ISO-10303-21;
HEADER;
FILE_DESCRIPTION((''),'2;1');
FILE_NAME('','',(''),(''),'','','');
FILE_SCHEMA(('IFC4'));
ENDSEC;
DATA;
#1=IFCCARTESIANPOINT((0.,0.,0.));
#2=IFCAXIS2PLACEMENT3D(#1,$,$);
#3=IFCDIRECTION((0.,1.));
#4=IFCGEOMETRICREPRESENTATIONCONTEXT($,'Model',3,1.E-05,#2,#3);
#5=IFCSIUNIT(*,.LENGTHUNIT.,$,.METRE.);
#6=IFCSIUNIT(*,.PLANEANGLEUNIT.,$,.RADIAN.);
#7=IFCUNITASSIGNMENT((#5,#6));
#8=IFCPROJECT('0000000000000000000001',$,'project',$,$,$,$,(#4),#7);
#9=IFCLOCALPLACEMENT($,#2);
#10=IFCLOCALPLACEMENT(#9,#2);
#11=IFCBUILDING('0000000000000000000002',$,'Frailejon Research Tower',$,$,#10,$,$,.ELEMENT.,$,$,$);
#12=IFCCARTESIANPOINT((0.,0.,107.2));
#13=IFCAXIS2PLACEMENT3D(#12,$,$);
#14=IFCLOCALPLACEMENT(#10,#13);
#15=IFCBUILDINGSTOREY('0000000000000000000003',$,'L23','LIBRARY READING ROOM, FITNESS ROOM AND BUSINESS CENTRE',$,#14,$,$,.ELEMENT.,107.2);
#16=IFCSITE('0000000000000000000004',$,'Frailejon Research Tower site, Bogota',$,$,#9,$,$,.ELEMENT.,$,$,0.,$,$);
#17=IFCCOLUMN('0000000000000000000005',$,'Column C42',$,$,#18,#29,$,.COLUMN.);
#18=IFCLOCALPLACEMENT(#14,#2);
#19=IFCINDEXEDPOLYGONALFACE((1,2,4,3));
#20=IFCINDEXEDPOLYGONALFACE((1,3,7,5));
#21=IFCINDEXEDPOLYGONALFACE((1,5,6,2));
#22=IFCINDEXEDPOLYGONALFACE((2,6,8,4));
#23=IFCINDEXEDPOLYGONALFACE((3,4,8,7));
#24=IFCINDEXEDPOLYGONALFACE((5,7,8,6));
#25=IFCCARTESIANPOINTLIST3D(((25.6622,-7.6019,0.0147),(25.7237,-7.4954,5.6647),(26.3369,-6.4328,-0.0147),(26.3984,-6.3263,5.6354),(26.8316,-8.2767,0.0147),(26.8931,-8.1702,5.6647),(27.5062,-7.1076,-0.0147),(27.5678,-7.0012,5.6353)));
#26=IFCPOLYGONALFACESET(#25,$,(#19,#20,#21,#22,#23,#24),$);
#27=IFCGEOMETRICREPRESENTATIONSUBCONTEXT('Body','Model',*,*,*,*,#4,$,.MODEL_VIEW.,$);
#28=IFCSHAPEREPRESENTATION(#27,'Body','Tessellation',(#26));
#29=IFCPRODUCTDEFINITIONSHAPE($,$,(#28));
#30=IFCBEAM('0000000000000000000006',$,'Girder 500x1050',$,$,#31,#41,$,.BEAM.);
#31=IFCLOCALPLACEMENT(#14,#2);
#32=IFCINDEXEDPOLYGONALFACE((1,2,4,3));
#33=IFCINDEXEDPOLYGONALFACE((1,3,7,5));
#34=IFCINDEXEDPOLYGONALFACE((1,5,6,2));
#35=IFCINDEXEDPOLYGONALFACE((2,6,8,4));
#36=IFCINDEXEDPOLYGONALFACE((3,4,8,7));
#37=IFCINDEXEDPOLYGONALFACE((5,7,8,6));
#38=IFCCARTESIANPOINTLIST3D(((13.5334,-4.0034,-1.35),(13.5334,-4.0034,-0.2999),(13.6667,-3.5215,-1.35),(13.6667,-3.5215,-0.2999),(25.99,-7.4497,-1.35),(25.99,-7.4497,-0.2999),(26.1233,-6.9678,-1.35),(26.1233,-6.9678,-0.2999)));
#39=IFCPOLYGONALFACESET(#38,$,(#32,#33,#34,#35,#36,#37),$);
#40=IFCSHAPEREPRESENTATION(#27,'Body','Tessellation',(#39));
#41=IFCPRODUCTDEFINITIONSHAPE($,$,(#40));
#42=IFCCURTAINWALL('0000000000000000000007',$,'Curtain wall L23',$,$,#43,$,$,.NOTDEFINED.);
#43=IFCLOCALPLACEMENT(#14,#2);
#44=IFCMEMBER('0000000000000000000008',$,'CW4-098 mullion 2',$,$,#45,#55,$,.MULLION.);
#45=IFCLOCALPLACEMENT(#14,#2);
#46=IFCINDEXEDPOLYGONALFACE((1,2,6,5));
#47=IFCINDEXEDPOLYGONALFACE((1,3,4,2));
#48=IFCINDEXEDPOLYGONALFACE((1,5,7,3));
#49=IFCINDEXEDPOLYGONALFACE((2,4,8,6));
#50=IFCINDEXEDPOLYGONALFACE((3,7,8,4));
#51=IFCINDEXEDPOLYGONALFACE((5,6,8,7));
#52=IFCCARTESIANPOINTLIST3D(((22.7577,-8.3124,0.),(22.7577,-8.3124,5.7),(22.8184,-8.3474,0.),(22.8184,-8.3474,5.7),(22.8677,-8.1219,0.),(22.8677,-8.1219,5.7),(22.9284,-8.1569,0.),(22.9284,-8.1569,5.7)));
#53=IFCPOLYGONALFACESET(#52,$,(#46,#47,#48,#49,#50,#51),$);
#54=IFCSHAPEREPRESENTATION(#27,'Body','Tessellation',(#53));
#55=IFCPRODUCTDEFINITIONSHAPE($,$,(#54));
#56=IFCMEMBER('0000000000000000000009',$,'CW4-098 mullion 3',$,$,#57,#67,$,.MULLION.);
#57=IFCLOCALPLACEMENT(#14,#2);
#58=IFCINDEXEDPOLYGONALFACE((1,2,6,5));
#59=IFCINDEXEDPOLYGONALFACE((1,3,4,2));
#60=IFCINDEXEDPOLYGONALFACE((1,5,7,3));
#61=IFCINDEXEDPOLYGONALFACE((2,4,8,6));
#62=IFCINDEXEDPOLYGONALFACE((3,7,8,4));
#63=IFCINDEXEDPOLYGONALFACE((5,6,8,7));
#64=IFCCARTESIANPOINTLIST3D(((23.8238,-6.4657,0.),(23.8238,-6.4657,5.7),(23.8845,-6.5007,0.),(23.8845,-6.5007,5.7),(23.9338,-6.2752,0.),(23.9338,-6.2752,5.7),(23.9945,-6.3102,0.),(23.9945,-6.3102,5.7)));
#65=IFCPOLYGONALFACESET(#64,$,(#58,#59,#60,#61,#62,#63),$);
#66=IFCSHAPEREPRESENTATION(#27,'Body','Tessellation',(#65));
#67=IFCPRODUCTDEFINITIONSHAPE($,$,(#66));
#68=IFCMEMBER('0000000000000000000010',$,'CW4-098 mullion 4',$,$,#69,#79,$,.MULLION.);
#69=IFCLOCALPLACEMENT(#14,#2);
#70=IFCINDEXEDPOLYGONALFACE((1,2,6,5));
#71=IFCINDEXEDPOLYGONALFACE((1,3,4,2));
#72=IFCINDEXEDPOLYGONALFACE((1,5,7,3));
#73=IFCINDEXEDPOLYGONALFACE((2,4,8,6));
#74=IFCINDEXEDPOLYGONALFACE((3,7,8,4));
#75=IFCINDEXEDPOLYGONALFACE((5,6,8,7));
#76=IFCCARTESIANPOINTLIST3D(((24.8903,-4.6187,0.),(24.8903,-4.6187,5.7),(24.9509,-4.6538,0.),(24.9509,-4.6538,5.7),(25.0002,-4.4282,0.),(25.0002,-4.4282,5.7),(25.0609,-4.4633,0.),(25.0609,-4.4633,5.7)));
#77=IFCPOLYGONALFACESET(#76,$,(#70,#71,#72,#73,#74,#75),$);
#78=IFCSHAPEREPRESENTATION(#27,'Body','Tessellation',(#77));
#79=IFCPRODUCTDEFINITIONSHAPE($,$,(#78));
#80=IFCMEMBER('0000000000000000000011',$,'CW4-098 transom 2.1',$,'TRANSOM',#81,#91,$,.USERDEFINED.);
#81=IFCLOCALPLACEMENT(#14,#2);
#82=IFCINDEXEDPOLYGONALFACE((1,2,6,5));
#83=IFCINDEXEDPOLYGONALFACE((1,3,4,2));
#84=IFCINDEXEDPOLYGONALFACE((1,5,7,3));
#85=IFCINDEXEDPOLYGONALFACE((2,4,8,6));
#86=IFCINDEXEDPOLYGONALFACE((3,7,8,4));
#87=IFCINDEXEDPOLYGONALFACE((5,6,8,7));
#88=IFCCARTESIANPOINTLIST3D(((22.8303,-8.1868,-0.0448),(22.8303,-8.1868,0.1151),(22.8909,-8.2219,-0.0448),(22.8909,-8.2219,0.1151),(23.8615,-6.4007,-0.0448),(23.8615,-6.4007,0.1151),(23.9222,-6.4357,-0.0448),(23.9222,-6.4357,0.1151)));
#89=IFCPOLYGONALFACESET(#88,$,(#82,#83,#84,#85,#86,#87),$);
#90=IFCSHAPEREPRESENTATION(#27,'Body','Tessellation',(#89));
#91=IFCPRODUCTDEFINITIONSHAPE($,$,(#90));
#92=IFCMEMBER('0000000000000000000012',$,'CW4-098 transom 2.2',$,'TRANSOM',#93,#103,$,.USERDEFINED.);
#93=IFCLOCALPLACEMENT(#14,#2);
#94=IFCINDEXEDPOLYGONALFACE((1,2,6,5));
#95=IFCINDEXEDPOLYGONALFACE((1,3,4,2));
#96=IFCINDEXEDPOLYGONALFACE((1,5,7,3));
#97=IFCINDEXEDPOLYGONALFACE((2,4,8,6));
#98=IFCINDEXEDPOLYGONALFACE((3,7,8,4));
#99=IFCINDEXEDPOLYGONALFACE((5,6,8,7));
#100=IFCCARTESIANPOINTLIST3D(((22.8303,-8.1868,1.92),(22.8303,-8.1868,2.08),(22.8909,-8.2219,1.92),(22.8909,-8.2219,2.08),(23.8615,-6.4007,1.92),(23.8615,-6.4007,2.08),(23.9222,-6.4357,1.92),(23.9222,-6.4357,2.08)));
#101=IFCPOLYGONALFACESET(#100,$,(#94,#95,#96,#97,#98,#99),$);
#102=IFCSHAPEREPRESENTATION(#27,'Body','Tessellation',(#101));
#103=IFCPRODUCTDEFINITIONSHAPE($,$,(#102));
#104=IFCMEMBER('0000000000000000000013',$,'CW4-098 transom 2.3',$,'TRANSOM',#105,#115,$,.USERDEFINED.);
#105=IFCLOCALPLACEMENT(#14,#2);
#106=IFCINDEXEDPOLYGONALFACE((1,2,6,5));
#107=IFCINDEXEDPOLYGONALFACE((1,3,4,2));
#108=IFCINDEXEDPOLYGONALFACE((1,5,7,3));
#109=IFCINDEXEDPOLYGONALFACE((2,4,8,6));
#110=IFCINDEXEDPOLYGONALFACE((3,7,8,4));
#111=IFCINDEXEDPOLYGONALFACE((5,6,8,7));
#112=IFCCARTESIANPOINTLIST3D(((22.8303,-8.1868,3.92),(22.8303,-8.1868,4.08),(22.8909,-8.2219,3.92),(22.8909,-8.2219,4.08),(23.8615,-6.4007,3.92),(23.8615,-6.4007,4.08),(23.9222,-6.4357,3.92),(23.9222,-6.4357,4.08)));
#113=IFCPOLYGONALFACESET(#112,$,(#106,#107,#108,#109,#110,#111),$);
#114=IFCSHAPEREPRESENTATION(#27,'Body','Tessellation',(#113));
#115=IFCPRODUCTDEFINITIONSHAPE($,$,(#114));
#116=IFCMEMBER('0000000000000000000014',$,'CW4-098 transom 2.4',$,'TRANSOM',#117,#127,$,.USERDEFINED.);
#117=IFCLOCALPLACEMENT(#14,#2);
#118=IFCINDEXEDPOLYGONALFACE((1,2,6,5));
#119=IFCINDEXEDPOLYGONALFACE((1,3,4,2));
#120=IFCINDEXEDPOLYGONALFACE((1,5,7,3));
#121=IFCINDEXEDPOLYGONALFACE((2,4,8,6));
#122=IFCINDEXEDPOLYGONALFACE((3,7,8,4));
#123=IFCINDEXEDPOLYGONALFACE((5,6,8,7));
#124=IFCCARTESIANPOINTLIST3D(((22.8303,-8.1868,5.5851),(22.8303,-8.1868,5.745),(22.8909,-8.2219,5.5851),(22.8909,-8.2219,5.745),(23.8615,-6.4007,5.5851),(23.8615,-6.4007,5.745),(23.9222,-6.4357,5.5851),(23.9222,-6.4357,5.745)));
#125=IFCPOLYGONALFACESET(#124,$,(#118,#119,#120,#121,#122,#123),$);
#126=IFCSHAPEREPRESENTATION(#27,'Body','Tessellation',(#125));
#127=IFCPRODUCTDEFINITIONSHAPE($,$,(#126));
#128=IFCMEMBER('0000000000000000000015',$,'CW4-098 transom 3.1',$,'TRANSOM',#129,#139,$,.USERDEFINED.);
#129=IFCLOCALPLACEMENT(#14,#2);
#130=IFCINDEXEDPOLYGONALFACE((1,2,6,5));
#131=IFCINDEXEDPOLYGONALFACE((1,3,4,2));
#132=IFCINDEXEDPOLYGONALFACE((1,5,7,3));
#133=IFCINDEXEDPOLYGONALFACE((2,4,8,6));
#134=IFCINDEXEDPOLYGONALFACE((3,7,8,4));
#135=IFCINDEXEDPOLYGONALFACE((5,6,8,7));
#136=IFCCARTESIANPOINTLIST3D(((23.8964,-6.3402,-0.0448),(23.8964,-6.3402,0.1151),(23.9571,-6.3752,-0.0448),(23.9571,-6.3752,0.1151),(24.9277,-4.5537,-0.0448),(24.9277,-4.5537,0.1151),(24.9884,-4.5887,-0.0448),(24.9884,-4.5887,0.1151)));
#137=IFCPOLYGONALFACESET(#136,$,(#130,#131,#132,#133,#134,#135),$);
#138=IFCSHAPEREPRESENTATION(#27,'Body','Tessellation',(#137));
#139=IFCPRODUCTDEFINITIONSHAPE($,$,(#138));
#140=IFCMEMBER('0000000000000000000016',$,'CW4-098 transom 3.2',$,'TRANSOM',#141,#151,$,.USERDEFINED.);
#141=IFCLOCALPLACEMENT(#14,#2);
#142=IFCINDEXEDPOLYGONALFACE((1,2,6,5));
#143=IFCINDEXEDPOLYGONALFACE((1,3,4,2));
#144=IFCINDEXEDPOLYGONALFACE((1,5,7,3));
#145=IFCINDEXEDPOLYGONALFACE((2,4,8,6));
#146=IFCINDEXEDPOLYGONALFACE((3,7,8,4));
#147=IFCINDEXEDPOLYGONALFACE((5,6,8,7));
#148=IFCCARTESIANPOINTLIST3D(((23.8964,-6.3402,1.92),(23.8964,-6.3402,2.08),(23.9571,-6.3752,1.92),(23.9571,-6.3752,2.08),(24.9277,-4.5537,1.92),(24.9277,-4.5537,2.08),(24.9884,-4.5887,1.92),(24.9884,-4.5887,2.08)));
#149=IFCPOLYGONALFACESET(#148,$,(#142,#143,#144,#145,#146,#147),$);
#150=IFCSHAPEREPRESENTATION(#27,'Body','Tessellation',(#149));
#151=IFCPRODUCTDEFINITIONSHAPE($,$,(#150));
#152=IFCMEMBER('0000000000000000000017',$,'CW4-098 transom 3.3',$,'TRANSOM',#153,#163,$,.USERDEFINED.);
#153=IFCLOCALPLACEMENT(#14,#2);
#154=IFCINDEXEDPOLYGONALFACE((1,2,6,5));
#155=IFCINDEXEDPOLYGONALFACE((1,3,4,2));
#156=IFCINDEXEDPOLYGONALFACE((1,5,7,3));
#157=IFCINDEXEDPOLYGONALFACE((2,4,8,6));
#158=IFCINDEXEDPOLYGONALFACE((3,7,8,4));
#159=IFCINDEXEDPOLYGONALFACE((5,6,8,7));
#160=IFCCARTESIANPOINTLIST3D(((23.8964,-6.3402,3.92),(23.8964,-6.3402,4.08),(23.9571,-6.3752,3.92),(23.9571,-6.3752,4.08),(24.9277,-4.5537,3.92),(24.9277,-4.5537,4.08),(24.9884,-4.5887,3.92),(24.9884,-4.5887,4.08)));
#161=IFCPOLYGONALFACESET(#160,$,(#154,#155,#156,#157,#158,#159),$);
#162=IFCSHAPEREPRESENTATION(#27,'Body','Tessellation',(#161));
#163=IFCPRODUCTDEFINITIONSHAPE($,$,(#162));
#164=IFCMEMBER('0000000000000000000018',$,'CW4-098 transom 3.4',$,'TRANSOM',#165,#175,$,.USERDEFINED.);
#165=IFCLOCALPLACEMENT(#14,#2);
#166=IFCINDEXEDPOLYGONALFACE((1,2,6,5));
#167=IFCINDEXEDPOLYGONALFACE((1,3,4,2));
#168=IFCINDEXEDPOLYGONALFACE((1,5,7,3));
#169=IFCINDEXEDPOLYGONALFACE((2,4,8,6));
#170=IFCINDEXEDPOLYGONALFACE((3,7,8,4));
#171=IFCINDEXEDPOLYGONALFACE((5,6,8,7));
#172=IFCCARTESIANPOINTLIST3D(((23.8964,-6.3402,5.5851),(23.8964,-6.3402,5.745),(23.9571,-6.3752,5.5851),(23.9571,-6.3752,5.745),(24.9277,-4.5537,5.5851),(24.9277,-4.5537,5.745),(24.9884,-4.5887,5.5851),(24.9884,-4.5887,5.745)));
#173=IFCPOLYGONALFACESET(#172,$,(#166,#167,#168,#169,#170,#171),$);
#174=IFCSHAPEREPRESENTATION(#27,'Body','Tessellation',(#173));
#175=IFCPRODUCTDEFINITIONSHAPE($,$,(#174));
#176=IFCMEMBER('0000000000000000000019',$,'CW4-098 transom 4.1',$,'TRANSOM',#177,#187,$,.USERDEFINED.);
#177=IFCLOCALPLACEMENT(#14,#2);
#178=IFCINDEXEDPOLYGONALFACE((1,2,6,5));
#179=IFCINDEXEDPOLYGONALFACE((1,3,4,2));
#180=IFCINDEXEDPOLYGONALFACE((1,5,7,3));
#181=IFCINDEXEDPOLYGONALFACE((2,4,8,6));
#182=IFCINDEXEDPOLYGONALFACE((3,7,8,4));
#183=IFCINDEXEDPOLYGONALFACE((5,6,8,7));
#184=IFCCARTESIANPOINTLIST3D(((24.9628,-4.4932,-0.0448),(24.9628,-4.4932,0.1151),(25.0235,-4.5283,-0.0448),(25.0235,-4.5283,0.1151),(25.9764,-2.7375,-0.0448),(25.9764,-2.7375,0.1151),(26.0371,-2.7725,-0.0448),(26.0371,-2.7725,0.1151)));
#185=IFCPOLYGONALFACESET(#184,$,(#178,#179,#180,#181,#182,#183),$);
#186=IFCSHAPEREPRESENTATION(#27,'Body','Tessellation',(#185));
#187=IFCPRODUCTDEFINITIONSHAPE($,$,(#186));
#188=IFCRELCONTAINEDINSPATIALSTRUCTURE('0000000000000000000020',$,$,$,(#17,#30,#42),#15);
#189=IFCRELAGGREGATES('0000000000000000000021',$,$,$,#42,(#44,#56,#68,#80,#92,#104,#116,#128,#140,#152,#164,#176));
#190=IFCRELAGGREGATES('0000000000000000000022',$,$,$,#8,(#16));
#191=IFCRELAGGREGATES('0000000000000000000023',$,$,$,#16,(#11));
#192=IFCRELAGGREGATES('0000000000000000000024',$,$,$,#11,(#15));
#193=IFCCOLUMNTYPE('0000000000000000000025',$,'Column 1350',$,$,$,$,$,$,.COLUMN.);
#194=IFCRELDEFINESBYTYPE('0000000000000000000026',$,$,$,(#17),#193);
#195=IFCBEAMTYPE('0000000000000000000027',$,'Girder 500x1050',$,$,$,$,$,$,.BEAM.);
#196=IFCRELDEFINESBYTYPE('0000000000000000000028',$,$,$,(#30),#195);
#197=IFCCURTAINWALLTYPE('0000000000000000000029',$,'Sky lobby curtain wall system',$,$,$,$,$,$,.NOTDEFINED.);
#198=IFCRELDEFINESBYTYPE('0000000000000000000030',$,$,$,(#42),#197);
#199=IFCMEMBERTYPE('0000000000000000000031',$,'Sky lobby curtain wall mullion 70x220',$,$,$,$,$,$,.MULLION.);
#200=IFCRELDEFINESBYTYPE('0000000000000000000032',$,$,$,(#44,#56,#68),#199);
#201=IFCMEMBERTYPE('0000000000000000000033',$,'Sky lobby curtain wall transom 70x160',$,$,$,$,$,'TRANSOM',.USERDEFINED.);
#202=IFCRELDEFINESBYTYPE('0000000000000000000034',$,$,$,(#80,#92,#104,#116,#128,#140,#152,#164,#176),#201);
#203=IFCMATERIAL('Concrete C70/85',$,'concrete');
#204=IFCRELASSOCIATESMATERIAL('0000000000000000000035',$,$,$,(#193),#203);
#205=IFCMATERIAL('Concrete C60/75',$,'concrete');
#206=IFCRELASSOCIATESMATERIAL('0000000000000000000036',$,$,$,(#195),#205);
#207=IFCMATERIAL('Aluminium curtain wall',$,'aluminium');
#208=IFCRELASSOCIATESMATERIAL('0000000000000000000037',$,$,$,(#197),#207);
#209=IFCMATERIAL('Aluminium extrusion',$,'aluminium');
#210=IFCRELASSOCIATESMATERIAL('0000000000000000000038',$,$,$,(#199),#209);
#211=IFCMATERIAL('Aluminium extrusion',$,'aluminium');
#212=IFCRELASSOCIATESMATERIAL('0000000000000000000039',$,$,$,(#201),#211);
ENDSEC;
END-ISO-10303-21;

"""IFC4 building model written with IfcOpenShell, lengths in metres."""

from ifc_helpers import new_model, si_unit, direction, frame, origin, origin_2d, place, context, subcontext, project, spatial, rectangle, extrude, material, material_profile, profile_set, type_object, element, aggregate, save


model = new_model("IFC4")

# Units and contexts
model_context = context("Model", 3, precision=1e-05, world=origin(), true_north=direction((0.0, 1.0)))
body_context = subcontext(model_context, "Body", "Model", "MODEL_VIEW")
ifc_project = project(units=[si_unit("LENGTHUNIT", "METRE"), si_unit("PLANEANGLEUNIT", "RADIAN")], contexts=[model_context])

# Site, building, storey
site_placement = place(None, origin())
site = spatial("IfcSite", under=ifc_project, at=site_placement, Name="Frailejon Research Tower site, Bogota", CompositionType="ELEMENT", RefElevation=0.0)
building_placement = place(site_placement, origin())
building = spatial("IfcBuilding", under=site, at=building_placement, Name="Frailejon Research Tower", CompositionType="ELEMENT")
storey_placement = place(building_placement, frame((0.0, 0.0, 107.2)))
storey = spatial("IfcBuildingStorey", under=building, at=storey_placement, Name="L23", Description="LIBRARY READING ROOM, FITNESS ROOM AND BUSINESS CENTRE", CompositionType="ELEMENT", Elevation=107.2)

# Column
ifc_material_1 = material(Name="Concrete C70/85", Category="concrete")
ifc_material_profile_1 = material_profile(ifc_material_1, rectangle(XDim=1.3501, YDim=1.3501, at=origin_2d()), Name="Column 1350")
ifc_profile_set_1 = profile_set([ifc_material_profile_1], Name="Concrete C70/85")
column_type = type_object("IfcColumnType", Name="Column 1350", PredefinedType="COLUMN", material=ifc_profile_set_1)
column_placement = place(storey_placement, frame((26.5842, -7.3547, 0.0), z_axis=(0.010886, 0.018835, 0.999763), x_axis=(0.499708, 0.865921, -0.021755)))
element("IfcColumn", 1, at=column_placement, inside=storey, type_object=column_type, Name="Column C42", PredefinedType="COLUMN", context=body_context, shape_type="SweptSolid", body=[
    extrude(rectangle(XDim=1.3501, YDim=1.3501, at=origin_2d()), origin(), (0.0, 0.0, 1.0), 5.6514),
])

# Beam
ifc_material_2 = material(Name="Concrete C60/75", Category="concrete")
ifc_material_profile_2 = material_profile(ifc_material_2, rectangle(XDim=0.5, YDim=1.05, at=origin_2d()), Name="Girder 500x1050")
ifc_profile_set_2 = profile_set([ifc_material_profile_2], Name="Concrete C60/75")
beam_type_1 = type_object("IfcBeamType", Name="Girder 500x1050", PredefinedType="BEAM", material=ifc_profile_set_2)
beam_1_placement = place(storey_placement, frame((26.0566, -7.2087, -0.825), z_axis=(-0.963794, 0.266648, 0.0), x_axis=(-0.266648, -0.963794, 0.0)))
element("IfcBeam", 2, at=beam_1_placement, inside=storey, type_object=beam_type_1, Name="Girder 500x1050", PredefinedType="BEAM", context=body_context, shape_type="SweptSolid", body=[
    extrude(rectangle(XDim=0.5, YDim=1.05, at=origin_2d()), origin(), (0.0, 0.0, 1.0), 12.9246),
])

# Curtain wall, members
ifc_material_3 = material(Name="Aluminium curtain wall", Category="aluminium")
curtain_wall_type = type_object("IfcCurtainWallType", Name="Sky lobby curtain wall system", PredefinedType="NOTDEFINED", material=ifc_material_3)
curtain_wall_placement = place(storey_placement, origin())
curtain_wall = element("IfcCurtainWall", 3, at=curtain_wall_placement, inside=storey, type_object=curtain_wall_type, Name="Curtain wall L23", PredefinedType="NOTDEFINED")
ifc_material_4 = material(Name="Aluminium extrusion", Category="aluminium")
ifc_material_profile_3 = material_profile(ifc_material_4, rectangle(XDim=0.0701, YDim=0.22, at=origin_2d()), Name="Sky lobby curtain wall mullion 70x220")
ifc_profile_set_3 = profile_set([ifc_material_profile_3], Name="Aluminium extrusion")
member_type_1 = type_object("IfcMemberType", Name="Sky lobby curtain wall mullion 70x220", PredefinedType="MULLION", material=ifc_profile_set_3)
member_1_placement = place(storey_placement, frame((22.843, -8.2346, 0.0), z_axis=(0.0, 0.0, 1.0), x_axis=(-0.866026, 0.5, 0.0)))
member_1 = element("IfcMember", 4, at=member_1_placement, type_object=member_type_1, Name="CW4-098 mullion 2", PredefinedType="MULLION", context=body_context, shape_type="SweptSolid", body=[
    extrude(rectangle(XDim=0.0701, YDim=0.22, at=origin_2d()), origin(), (0.0, 0.0, 1.0), 5.7),
])
member_2_placement = place(storey_placement, frame((23.9092, -6.3879, 0.0), z_axis=(0.0, 0.0, 1.0), x_axis=(-0.866026, 0.5, 0.0)))
member_2 = element("IfcMember", 5, at=member_2_placement, type_object=member_type_1, Name="CW4-098 mullion 3", PredefinedType="MULLION", context=body_context, shape_type="SweptSolid", body=[
    extrude(rectangle(XDim=0.0701, YDim=0.22, at=origin_2d()), origin(), (0.0, 0.0, 1.0), 5.7),
])
member_3_placement = place(storey_placement, frame((24.9756, -4.541, 0.0), z_axis=(0.0, 0.0, 1.0), x_axis=(-0.866026, 0.5, 0.0)))
member_3 = element("IfcMember", 6, at=member_3_placement, type_object=member_type_1, Name="CW4-098 mullion 4", PredefinedType="MULLION", context=body_context, shape_type="SweptSolid", body=[
    extrude(rectangle(XDim=0.0701, YDim=0.22, at=origin_2d()), origin(), (0.0, 0.0, 1.0), 5.7),
])
ifc_material_5 = material(Name="Aluminium extrusion", Category="aluminium")
ifc_material_profile_4 = material_profile(ifc_material_5, rectangle(XDim=0.0701, YDim=0.1599, at=origin_2d()), Name="Sky lobby curtain wall transom 70x160")
ifc_profile_set_4 = profile_set([ifc_material_profile_4], Name="Aluminium extrusion")
member_type_2 = type_object("IfcMemberType", Name="Sky lobby curtain wall transom 70x160", ElementType="TRANSOM", PredefinedType="USERDEFINED", material=ifc_profile_set_4)
member_4_placement = place(storey_placement, frame((22.8606, -8.2043, 0.0352), z_axis=(0.500009, 0.86602, 0.0), x_axis=(-0.86602, 0.500009, 0.0)))
member_4 = element("IfcMember", 7, at=member_4_placement, type_object=member_type_2, Name="CW4-098 transom 2.1", ObjectType="TRANSOM", PredefinedType="USERDEFINED", context=body_context, shape_type="SweptSolid", body=[
    extrude(rectangle(XDim=0.0701, YDim=0.1599, at=origin_2d()), origin(), (0.0, 0.0, 1.0), 2.0625),
])
member_5_placement = place(storey_placement, frame((22.8606, -8.2043, 2.0), z_axis=(0.500009, 0.86602, 0.0), x_axis=(-0.86602, 0.500009, 0.0)))
member_5 = element("IfcMember", 8, at=member_5_placement, type_object=member_type_2, Name="CW4-098 transom 2.2", ObjectType="TRANSOM", PredefinedType="USERDEFINED", context=body_context, shape_type="SweptSolid", body=[
    extrude(rectangle(XDim=0.0701, YDim=0.1599, at=origin_2d()), origin(), (0.0, 0.0, 1.0), 2.0625),
])
member_6_placement = place(storey_placement, frame((22.8606, -8.2043, 4.0), z_axis=(0.500009, 0.86602, 0.0), x_axis=(-0.86602, 0.500009, 0.0)))
member_6 = element("IfcMember", 9, at=member_6_placement, type_object=member_type_2, Name="CW4-098 transom 2.3", ObjectType="TRANSOM", PredefinedType="USERDEFINED", context=body_context, shape_type="SweptSolid", body=[
    extrude(rectangle(XDim=0.0701, YDim=0.1599, at=origin_2d()), origin(), (0.0, 0.0, 1.0), 2.0625),
])
member_7_placement = place(storey_placement, frame((22.8606, -8.2043, 5.665), z_axis=(0.500009, 0.86602, 0.0), x_axis=(-0.86602, 0.500009, 0.0)))
member_7 = element("IfcMember", 10, at=member_7_placement, type_object=member_type_2, Name="CW4-098 transom 2.4", ObjectType="TRANSOM", PredefinedType="USERDEFINED", context=body_context, shape_type="SweptSolid", body=[
    extrude(rectangle(XDim=0.0701, YDim=0.1599, at=origin_2d()), origin(), (0.0, 0.0, 1.0), 2.0625),
])
member_8_placement = place(storey_placement, frame((23.9268, -6.3577, 0.0352), z_axis=(0.499958, 0.86605, 0.0), x_axis=(-0.86605, 0.499958, 0.0)))
member_8 = element("IfcMember", 11, at=member_8_placement, type_object=member_type_2, Name="CW4-098 transom 3.1", ObjectType="TRANSOM", PredefinedType="USERDEFINED", context=body_context, shape_type="SweptSolid", body=[
    extrude(rectangle(XDim=0.0701, YDim=0.1599, at=origin_2d()), origin(), (0.0, 0.0, 1.0), 2.0627),
])
member_9_placement = place(storey_placement, frame((23.9268, -6.3577, 2.0), z_axis=(0.499958, 0.86605, 0.0), x_axis=(-0.86605, 0.499958, 0.0)))
member_9 = element("IfcMember", 12, at=member_9_placement, type_object=member_type_2, Name="CW4-098 transom 3.2", ObjectType="TRANSOM", PredefinedType="USERDEFINED", context=body_context, shape_type="SweptSolid", body=[
    extrude(rectangle(XDim=0.0701, YDim=0.1599, at=origin_2d()), origin(), (0.0, 0.0, 1.0), 2.0627),
])
member_10_placement = place(storey_placement, frame((23.9268, -6.3577, 4.0), z_axis=(0.499958, 0.86605, 0.0), x_axis=(-0.86605, 0.499958, 0.0)))
member_10 = element("IfcMember", 13, at=member_10_placement, type_object=member_type_2, Name="CW4-098 transom 3.3", ObjectType="TRANSOM", PredefinedType="USERDEFINED", context=body_context, shape_type="SweptSolid", body=[
    extrude(rectangle(XDim=0.0701, YDim=0.1599, at=origin_2d()), origin(), (0.0, 0.0, 1.0), 2.0627),
])
member_11_placement = place(storey_placement, frame((23.9268, -6.3577, 5.665), z_axis=(0.499958, 0.86605, 0.0), x_axis=(-0.86605, 0.499958, 0.0)))
member_11 = element("IfcMember", 14, at=member_11_placement, type_object=member_type_2, Name="CW4-098 transom 3.4", ObjectType="TRANSOM", PredefinedType="USERDEFINED", context=body_context, shape_type="SweptSolid", body=[
    extrude(rectangle(XDim=0.0701, YDim=0.1599, at=origin_2d()), origin(), (0.0, 0.0, 1.0), 2.0627),
])
member_12_placement = place(storey_placement, frame((24.9932, -4.5107, 0.0352), z_axis=(0.499973, 0.866041, 0.0), x_axis=(-0.866041, 0.499973, 0.0)))
member_12 = element("IfcMember", 15, at=member_12_placement, type_object=member_type_2, Name="CW4-098 transom 4.1", ObjectType="TRANSOM", PredefinedType="USERDEFINED", context=body_context, shape_type="SweptSolid", body=[
    extrude(rectangle(XDim=0.0701, YDim=0.1599, at=origin_2d()), origin(), (0.0, 0.0, 1.0), 2.0273),
])

aggregate(curtain_wall, [member_1, member_2, member_3, member_4, member_5, member_6, member_7, member_8, member_9, member_10, member_11, member_12])

save(model, "model.ifc")
